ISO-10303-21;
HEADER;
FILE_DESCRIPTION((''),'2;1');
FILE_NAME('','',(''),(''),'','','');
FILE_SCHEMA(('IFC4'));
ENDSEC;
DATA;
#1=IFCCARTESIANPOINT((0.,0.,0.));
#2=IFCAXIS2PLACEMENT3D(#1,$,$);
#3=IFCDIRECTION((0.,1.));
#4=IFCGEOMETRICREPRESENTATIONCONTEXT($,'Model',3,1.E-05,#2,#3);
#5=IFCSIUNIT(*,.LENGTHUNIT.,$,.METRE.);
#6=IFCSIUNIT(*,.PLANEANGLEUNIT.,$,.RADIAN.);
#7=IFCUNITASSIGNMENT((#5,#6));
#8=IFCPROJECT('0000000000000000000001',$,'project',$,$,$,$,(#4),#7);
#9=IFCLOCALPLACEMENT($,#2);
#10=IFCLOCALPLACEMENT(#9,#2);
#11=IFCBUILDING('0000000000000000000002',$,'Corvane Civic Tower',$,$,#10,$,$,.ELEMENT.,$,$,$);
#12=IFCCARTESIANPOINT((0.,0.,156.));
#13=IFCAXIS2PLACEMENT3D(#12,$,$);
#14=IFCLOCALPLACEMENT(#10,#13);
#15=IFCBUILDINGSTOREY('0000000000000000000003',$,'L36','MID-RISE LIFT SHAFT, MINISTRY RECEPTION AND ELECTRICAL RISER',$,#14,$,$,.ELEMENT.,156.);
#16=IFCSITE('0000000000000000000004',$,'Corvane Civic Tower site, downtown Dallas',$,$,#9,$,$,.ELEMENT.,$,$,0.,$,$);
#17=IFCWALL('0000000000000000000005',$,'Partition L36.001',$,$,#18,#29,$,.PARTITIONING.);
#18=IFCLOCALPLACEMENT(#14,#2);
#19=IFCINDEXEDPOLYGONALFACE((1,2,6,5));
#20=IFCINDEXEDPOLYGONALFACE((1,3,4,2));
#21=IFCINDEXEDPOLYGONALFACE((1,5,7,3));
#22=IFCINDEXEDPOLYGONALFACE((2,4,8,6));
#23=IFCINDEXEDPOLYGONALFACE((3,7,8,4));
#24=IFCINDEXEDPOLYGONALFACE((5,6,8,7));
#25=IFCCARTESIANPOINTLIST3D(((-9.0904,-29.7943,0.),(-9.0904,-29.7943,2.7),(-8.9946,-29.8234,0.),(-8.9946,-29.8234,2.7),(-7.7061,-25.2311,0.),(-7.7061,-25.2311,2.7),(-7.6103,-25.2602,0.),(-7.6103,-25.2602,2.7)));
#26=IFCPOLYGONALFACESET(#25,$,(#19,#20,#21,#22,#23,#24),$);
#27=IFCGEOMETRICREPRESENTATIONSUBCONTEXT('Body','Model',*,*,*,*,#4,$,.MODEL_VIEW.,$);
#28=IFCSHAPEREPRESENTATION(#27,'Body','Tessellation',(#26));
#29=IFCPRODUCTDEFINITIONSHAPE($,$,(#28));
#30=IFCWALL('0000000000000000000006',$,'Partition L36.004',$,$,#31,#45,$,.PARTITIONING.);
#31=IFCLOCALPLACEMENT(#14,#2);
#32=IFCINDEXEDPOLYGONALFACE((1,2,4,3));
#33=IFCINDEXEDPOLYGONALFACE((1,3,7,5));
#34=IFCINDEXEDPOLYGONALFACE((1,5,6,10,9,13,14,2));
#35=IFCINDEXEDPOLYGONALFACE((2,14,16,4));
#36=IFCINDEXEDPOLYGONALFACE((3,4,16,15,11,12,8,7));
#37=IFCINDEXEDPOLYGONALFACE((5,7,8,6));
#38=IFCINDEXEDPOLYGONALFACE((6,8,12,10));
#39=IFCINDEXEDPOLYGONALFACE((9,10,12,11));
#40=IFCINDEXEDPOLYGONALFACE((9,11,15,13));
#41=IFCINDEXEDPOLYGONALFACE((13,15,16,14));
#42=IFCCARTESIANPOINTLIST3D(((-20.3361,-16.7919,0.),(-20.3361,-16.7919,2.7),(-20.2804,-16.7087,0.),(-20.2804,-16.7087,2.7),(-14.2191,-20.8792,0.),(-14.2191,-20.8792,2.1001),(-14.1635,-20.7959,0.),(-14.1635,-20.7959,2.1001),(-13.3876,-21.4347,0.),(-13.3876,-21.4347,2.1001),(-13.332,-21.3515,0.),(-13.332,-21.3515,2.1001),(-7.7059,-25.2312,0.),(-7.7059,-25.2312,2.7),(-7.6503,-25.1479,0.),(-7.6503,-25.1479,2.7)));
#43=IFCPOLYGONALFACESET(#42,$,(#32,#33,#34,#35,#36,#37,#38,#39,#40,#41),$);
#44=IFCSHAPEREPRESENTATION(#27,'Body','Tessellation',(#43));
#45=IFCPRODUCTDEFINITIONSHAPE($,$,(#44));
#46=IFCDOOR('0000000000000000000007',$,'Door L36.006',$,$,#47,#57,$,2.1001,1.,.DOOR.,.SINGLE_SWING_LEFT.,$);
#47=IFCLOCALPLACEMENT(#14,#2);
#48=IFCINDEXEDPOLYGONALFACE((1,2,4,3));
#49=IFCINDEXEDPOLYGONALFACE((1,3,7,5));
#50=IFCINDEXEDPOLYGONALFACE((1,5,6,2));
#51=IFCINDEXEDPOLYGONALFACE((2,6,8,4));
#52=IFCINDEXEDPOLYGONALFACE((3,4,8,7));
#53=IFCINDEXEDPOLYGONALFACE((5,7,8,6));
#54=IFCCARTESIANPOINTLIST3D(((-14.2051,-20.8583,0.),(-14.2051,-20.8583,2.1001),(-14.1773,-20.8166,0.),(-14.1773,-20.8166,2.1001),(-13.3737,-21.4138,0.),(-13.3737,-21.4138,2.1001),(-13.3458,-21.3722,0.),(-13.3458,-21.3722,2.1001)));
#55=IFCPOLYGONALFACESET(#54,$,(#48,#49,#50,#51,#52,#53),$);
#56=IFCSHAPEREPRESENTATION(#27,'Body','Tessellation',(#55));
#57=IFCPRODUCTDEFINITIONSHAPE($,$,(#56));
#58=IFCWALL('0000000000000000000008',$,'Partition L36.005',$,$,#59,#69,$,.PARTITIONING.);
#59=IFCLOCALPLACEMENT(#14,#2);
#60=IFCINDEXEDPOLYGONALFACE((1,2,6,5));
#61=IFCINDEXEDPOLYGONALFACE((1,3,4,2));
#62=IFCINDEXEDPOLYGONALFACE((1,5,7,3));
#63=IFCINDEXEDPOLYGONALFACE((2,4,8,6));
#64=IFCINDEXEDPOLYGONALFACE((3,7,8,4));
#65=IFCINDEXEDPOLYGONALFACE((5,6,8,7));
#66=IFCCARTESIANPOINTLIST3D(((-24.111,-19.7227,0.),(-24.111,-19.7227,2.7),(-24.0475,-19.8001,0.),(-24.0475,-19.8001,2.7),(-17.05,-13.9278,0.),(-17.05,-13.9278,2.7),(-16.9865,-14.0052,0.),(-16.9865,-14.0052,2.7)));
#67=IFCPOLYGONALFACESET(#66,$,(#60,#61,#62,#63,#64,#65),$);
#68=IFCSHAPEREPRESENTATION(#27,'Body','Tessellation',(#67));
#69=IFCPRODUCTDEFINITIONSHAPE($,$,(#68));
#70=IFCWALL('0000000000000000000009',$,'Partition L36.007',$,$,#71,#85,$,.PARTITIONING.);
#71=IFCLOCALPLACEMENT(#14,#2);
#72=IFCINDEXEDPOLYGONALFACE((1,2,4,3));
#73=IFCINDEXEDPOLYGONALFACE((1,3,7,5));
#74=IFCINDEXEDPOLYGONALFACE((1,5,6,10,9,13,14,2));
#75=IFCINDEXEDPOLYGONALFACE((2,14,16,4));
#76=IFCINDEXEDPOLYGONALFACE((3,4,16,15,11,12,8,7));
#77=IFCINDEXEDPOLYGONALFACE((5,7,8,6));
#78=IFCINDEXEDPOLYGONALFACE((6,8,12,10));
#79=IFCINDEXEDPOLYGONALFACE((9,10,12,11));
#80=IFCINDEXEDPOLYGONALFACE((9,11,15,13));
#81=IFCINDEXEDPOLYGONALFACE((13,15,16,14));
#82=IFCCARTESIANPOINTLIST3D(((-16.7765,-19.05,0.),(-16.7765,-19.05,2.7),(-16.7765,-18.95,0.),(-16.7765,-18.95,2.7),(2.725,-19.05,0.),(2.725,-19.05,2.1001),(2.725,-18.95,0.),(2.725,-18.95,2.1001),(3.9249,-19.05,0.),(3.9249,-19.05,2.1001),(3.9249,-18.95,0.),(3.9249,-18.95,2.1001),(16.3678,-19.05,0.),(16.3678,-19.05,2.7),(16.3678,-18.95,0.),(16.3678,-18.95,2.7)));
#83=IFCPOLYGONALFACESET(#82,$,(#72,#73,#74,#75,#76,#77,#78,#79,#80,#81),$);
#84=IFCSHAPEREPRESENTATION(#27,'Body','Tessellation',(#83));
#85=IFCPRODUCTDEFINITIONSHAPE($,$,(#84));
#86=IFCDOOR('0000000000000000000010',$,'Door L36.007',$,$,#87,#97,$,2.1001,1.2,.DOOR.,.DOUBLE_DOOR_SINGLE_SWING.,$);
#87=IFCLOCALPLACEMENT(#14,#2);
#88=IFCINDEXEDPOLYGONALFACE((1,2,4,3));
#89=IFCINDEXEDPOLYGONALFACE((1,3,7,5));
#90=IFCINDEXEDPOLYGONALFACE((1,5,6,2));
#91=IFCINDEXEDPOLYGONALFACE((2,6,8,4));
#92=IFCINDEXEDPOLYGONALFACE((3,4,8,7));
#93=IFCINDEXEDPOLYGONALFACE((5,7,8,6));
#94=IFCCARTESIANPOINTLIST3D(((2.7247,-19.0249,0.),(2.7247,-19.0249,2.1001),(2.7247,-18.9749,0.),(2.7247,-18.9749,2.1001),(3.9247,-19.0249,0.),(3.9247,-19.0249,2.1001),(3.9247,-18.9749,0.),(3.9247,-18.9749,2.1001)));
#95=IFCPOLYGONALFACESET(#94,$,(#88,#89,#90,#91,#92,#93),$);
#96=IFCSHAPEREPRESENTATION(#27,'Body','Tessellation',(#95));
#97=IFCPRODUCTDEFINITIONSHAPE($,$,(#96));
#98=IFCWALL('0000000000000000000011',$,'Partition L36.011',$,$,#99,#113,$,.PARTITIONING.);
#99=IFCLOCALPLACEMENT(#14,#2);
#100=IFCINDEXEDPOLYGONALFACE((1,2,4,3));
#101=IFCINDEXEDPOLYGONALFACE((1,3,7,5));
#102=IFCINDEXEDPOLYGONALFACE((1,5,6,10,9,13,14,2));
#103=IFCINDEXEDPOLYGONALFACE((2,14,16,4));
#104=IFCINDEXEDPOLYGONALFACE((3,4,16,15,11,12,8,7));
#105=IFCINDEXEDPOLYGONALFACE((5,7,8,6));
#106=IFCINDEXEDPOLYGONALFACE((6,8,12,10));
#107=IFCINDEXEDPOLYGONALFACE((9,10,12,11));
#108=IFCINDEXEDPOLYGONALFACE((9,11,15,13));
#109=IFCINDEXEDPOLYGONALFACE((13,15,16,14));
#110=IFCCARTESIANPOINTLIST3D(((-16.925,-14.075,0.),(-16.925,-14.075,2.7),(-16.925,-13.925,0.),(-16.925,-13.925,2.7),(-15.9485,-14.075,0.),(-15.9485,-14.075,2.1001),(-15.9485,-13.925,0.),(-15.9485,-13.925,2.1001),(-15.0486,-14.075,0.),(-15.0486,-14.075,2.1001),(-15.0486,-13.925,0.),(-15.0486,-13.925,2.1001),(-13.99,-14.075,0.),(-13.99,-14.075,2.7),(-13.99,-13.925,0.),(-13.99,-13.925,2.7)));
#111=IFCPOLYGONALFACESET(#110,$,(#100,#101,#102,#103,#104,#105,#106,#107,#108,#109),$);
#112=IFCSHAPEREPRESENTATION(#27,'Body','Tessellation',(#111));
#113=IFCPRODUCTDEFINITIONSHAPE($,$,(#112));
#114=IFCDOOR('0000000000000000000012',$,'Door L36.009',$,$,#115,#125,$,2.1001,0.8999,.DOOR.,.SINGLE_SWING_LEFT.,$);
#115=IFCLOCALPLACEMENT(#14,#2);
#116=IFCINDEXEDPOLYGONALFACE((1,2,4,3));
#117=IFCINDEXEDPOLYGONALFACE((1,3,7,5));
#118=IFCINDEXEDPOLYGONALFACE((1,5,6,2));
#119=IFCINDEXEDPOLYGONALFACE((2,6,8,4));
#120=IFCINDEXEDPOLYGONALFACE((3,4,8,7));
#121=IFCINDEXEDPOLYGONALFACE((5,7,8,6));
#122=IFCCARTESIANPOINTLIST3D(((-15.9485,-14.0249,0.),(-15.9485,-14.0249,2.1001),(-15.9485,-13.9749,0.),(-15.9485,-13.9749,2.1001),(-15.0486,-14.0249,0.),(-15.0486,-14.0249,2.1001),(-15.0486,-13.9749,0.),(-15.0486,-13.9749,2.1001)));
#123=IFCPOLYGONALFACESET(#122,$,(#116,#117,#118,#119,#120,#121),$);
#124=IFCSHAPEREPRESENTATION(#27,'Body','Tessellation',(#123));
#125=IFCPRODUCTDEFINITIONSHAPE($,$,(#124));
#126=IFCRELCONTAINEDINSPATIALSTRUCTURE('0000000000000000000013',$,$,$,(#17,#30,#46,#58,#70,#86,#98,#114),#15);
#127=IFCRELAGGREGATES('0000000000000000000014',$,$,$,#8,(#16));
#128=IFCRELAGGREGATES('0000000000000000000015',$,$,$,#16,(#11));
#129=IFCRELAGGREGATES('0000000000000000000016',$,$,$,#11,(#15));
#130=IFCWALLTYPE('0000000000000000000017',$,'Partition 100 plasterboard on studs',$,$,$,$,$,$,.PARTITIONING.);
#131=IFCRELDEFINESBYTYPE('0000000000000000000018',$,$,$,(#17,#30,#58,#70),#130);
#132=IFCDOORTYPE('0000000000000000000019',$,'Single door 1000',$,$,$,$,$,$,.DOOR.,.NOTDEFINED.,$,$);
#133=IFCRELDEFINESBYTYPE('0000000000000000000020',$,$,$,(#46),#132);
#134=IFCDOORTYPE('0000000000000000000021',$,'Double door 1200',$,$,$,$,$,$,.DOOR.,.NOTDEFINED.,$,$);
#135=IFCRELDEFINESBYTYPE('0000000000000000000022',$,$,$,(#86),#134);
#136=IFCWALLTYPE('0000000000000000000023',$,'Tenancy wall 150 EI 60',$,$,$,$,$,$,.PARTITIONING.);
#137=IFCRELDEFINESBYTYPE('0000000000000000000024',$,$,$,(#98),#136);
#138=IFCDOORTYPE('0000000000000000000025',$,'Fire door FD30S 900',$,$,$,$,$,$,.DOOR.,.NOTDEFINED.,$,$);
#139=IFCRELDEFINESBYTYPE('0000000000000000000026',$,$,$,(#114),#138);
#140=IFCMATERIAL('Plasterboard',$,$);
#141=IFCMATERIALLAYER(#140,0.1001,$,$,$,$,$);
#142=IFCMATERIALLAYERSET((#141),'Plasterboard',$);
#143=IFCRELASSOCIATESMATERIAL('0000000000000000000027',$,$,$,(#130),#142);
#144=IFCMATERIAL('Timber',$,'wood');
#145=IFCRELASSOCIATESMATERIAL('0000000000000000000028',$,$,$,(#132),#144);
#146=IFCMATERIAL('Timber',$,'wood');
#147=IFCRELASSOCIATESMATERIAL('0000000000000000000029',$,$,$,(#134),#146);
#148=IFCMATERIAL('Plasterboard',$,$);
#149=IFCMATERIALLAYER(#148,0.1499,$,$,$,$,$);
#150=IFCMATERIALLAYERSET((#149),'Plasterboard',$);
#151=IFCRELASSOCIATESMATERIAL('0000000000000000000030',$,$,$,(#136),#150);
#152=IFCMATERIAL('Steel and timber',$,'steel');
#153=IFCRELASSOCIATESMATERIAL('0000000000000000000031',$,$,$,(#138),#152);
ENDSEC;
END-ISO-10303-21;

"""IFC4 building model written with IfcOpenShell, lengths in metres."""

from ifc_helpers import new_model, si_unit, direction, frame, frame_2d, origin, place, context, subcontext, project, spatial, rectangle, extrude, material, layer, layer_set, type_object, element, fill, save


model = new_model("IFC4")

# Units and contexts
model_context = context("Model", 3, precision=1e-05, world=origin(), true_north=direction((0.0, 1.0)))
body_context = subcontext(model_context, "Body", "Model", "MODEL_VIEW")
ifc_project = project(units=[si_unit("LENGTHUNIT", "METRE"), si_unit("PLANEANGLEUNIT", "RADIAN")], contexts=[model_context])

# Site, building, storey
site_placement = place(None, origin())
site = spatial("IfcSite", under=ifc_project, at=site_placement, Name="Corvane Civic Tower site, downtown Dallas", CompositionType="ELEMENT", RefElevation=0.0)
building_placement = place(site_placement, origin())
building = spatial("IfcBuilding", under=site, at=building_placement, Name="Corvane Civic Tower", CompositionType="ELEMENT")
storey_placement = place(building_placement, frame((0.0, 0.0, 156.0)))
storey = spatial("IfcBuildingStorey", under=building, at=storey_placement, Name="L36", Description="MID-RISE LIFT SHAFT, MINISTRY RECEPTION AND ELECTRICAL RISER", CompositionType="ELEMENT", Elevation=156.0)

# Wall
ifc_material_1 = material(Name="Plasterboard")
ifc_layer_1 = layer(ifc_material_1, 0.1001)
ifc_layer_set_1 = layer_set([ifc_layer_1], Name="Plasterboard")
wall_type_1 = type_object("IfcWallType", Name="Partition 100 plasterboard on studs", PredefinedType="PARTITIONING", material=ifc_layer_set_1)
wall_1_placement = place(storey_placement, frame((-9.0425, -29.8088, 0.0), z_axis=(0.0, 0.0, 1.0), x_axis=(0.290292, 0.956938, 0.0)))
element("IfcWall", 1, at=wall_1_placement, inside=storey, type_object=wall_type_1, Name="Partition L36.001", PredefinedType="PARTITIONING", context=body_context, shape_type="SweptSolid", body=[
    extrude(rectangle(XDim=4.7686, YDim=0.1001, at=frame_2d((2.3843, 0.0))), origin(), (0.0, 0.0, 1.0), 2.7),
])

# Wall, opening, door
wall_2_placement = place(storey_placement, frame((-20.3083, -16.7502, 0.0), z_axis=(0.0, 0.0, 1.0), x_axis=(0.831469, -0.555572, 0.0)))
wall_2 = element("IfcWall", 2, at=wall_2_placement, inside=storey, type_object=wall_type_1, Name="Partition L36.004", PredefinedType="PARTITIONING", context=body_context, shape_type="SweptSolid", body=[
    extrude(rectangle(XDim=15.1902, YDim=0.1001, at=frame_2d((7.5952, 0.0))), origin(), (0.0, 0.0, 1.0), 2.7),
])
opening_1_placement = place(wall_2_placement, frame((7.3569, 0.0, 0.0)))
opening_1 = element("IfcOpeningElement", 3, at=opening_1_placement, cuts=wall_2, PredefinedType="OPENING", context=body_context, shape_type="SweptSolid", body=[
    extrude(rectangle(XDim=1.0, YDim=2.1001, at=frame_2d((0.5, 1.05))), frame((0.0, 0.0601, 0.0), z_axis=(0.0, -1.0, 0.0), x_axis=(1.0, 0.0, 0.0)), (0.0, 0.0, 1.0), 0.1201),
])
ifc_material_2 = material(Name="Timber", Category="wood")
door_type_1 = type_object("IfcDoorType", Name="Single door 1000", OperationType="NOTDEFINED", PredefinedType="DOOR", material=ifc_material_2)
door_1_placement = place(opening_1_placement, frame((1.0, 0.0, 0.0), z_axis=(0.0, 0.0, 1.0), x_axis=(-1.0, 0.0, 0.0)))
door_1 = element("IfcDoor", 4, at=door_1_placement, inside=storey, type_object=door_type_1, Name="Door L36.006", OperationType="SINGLE_SWING_LEFT", OverallHeight=2.1001, OverallWidth=1.0, PredefinedType="DOOR", context=body_context, shape_type="SweptSolid", body=[
    extrude(rectangle(XDim=1.0, YDim=2.1001, at=frame_2d((0.5, 1.05))), frame((0.0, 0.0249, 0.0), z_axis=(0.0, -1.0, 0.0), x_axis=(1.0, 0.0, 0.0)), (0.0, 0.0, 1.0), 0.05),
])
fill(opening_1, door_1)

# Wall
wall_3_placement = place(storey_placement, frame((-24.0793, -19.7615, 0.0), z_axis=(0.0, 0.0, 1.0), x_axis=(0.773006, 0.634399, 0.0)))
element("IfcWall", 5, at=wall_3_placement, inside=storey, type_object=wall_type_1, Name="Partition L36.005", PredefinedType="PARTITIONING", context=body_context, shape_type="SweptSolid", body=[
    extrude(rectangle(XDim=9.1345, YDim=0.1001, at=frame_2d((4.5674, 0.0))), origin(), (0.0, 0.0, 1.0), 2.7),
])

# Walls, openings, doors
wall_4_placement = place(storey_placement, frame((-16.7766, -19.0, 0.0), z_axis=(0.0, 0.0, 1.0), x_axis=(1.0, 0.0, 0.0)))
wall_4 = element("IfcWall", 6, at=wall_4_placement, inside=storey, type_object=wall_type_1, Name="Partition L36.007", PredefinedType="PARTITIONING", context=body_context, shape_type="SweptSolid", body=[
    extrude(rectangle(XDim=33.1443, YDim=0.1001, at=frame_2d((16.5723, 0.0))), origin(), (0.0, 0.0, 1.0), 2.7),
])
opening_2_placement = place(wall_4_placement, frame((19.5015, 0.0, 0.0)))
opening_2 = element("IfcOpeningElement", 7, at=opening_2_placement, cuts=wall_4, PredefinedType="OPENING", context=body_context, shape_type="SweptSolid", body=[
    extrude(rectangle(XDim=1.2, YDim=2.1001, at=frame_2d((0.6001, 1.05))), frame((0.0, 0.0601, 0.0), z_axis=(0.0, -1.0, 0.0), x_axis=(1.0, 0.0, 0.0)), (0.0, 0.0, 1.0), 0.1201),
])
ifc_material_3 = material(Name="Timber", Category="wood")
door_type_2 = type_object("IfcDoorType", Name="Double door 1200", OperationType="NOTDEFINED", PredefinedType="DOOR", material=ifc_material_3)
door_2_placement = place(opening_2_placement, frame((1.2, 0.0, 0.0), z_axis=(0.0, 0.0, 1.0), x_axis=(-1.0, 0.0, 0.0)))
door_2 = element("IfcDoor", 8, at=door_2_placement, inside=storey, type_object=door_type_2, Name="Door L36.007", OperationType="DOUBLE_DOOR_SINGLE_SWING", OverallHeight=2.1001, OverallWidth=1.2, PredefinedType="DOOR", context=body_context, shape_type="SweptSolid", body=[
    extrude(rectangle(XDim=1.2, YDim=2.1001, at=frame_2d((0.6001, 1.05))), frame((0.0, 0.0249, 0.0), z_axis=(0.0, -1.0, 0.0), x_axis=(1.0, 0.0, 0.0)), (0.0, 0.0, 1.0), 0.05),
])
fill(opening_2, door_2)
ifc_material_4 = material(Name="Plasterboard")
ifc_layer_2 = layer(ifc_material_4, 0.1499)
ifc_layer_set_2 = layer_set([ifc_layer_2], Name="Plasterboard")
wall_type_2 = type_object("IfcWallType", Name="Tenancy wall 150 EI 60", PredefinedType="PARTITIONING", material=ifc_layer_set_2)
wall_5_placement = place(storey_placement, frame((-16.925, -14.0, 0.0), z_axis=(0.0, 0.0, 1.0), x_axis=(1.0, 0.0, 0.0)))
wall_5 = element("IfcWall", 9, at=wall_5_placement, inside=storey, type_object=wall_type_2, Name="Partition L36.011", PredefinedType="PARTITIONING", context=body_context, shape_type="SweptSolid", body=[
    extrude(rectangle(XDim=2.9351, YDim=0.1499, at=frame_2d((1.4675, 0.0))), origin(), (0.0, 0.0, 1.0), 2.7),
])
opening_3_placement = place(wall_5_placement, frame((0.9766, 0.0, 0.0)))
opening_3 = element("IfcOpeningElement", 10, at=opening_3_placement, cuts=wall_5, PredefinedType="OPENING", context=body_context, shape_type="SweptSolid", body=[
    extrude(rectangle(XDim=0.8999, YDim=2.1001, at=frame_2d((0.45, 1.05))), frame((0.0, 0.085, 0.0), z_axis=(0.0, -1.0, 0.0), x_axis=(1.0, 0.0, 0.0)), (0.0, 0.0, 1.0), 0.1699),
])
ifc_material_5 = material(Name="Steel and timber", Category="steel")
door_type_3 = type_object("IfcDoorType", Name="Fire door FD30S 900", OperationType="NOTDEFINED", PredefinedType="DOOR", material=ifc_material_5)
door_3_placement = place(opening_3_placement, frame((0.8999, 0.0, 0.0), z_axis=(0.0, 0.0, 1.0), x_axis=(-1.0, 0.0, 0.0)))
door_3 = element("IfcDoor", 11, at=door_3_placement, inside=storey, type_object=door_type_3, Name="Door L36.009", OperationType="SINGLE_SWING_LEFT", OverallHeight=2.1001, OverallWidth=0.8999, PredefinedType="DOOR", context=body_context, shape_type="SweptSolid", body=[
    extrude(rectangle(XDim=0.8999, YDim=2.1001, at=frame_2d((0.45, 1.05))), frame((0.0, 0.0249, 0.0), z_axis=(0.0, -1.0, 0.0), x_axis=(1.0, 0.0, 0.0)), (0.0, 0.0, 1.0), 0.05),
])
fill(opening_3, door_3)

save(model, "model.ifc")
